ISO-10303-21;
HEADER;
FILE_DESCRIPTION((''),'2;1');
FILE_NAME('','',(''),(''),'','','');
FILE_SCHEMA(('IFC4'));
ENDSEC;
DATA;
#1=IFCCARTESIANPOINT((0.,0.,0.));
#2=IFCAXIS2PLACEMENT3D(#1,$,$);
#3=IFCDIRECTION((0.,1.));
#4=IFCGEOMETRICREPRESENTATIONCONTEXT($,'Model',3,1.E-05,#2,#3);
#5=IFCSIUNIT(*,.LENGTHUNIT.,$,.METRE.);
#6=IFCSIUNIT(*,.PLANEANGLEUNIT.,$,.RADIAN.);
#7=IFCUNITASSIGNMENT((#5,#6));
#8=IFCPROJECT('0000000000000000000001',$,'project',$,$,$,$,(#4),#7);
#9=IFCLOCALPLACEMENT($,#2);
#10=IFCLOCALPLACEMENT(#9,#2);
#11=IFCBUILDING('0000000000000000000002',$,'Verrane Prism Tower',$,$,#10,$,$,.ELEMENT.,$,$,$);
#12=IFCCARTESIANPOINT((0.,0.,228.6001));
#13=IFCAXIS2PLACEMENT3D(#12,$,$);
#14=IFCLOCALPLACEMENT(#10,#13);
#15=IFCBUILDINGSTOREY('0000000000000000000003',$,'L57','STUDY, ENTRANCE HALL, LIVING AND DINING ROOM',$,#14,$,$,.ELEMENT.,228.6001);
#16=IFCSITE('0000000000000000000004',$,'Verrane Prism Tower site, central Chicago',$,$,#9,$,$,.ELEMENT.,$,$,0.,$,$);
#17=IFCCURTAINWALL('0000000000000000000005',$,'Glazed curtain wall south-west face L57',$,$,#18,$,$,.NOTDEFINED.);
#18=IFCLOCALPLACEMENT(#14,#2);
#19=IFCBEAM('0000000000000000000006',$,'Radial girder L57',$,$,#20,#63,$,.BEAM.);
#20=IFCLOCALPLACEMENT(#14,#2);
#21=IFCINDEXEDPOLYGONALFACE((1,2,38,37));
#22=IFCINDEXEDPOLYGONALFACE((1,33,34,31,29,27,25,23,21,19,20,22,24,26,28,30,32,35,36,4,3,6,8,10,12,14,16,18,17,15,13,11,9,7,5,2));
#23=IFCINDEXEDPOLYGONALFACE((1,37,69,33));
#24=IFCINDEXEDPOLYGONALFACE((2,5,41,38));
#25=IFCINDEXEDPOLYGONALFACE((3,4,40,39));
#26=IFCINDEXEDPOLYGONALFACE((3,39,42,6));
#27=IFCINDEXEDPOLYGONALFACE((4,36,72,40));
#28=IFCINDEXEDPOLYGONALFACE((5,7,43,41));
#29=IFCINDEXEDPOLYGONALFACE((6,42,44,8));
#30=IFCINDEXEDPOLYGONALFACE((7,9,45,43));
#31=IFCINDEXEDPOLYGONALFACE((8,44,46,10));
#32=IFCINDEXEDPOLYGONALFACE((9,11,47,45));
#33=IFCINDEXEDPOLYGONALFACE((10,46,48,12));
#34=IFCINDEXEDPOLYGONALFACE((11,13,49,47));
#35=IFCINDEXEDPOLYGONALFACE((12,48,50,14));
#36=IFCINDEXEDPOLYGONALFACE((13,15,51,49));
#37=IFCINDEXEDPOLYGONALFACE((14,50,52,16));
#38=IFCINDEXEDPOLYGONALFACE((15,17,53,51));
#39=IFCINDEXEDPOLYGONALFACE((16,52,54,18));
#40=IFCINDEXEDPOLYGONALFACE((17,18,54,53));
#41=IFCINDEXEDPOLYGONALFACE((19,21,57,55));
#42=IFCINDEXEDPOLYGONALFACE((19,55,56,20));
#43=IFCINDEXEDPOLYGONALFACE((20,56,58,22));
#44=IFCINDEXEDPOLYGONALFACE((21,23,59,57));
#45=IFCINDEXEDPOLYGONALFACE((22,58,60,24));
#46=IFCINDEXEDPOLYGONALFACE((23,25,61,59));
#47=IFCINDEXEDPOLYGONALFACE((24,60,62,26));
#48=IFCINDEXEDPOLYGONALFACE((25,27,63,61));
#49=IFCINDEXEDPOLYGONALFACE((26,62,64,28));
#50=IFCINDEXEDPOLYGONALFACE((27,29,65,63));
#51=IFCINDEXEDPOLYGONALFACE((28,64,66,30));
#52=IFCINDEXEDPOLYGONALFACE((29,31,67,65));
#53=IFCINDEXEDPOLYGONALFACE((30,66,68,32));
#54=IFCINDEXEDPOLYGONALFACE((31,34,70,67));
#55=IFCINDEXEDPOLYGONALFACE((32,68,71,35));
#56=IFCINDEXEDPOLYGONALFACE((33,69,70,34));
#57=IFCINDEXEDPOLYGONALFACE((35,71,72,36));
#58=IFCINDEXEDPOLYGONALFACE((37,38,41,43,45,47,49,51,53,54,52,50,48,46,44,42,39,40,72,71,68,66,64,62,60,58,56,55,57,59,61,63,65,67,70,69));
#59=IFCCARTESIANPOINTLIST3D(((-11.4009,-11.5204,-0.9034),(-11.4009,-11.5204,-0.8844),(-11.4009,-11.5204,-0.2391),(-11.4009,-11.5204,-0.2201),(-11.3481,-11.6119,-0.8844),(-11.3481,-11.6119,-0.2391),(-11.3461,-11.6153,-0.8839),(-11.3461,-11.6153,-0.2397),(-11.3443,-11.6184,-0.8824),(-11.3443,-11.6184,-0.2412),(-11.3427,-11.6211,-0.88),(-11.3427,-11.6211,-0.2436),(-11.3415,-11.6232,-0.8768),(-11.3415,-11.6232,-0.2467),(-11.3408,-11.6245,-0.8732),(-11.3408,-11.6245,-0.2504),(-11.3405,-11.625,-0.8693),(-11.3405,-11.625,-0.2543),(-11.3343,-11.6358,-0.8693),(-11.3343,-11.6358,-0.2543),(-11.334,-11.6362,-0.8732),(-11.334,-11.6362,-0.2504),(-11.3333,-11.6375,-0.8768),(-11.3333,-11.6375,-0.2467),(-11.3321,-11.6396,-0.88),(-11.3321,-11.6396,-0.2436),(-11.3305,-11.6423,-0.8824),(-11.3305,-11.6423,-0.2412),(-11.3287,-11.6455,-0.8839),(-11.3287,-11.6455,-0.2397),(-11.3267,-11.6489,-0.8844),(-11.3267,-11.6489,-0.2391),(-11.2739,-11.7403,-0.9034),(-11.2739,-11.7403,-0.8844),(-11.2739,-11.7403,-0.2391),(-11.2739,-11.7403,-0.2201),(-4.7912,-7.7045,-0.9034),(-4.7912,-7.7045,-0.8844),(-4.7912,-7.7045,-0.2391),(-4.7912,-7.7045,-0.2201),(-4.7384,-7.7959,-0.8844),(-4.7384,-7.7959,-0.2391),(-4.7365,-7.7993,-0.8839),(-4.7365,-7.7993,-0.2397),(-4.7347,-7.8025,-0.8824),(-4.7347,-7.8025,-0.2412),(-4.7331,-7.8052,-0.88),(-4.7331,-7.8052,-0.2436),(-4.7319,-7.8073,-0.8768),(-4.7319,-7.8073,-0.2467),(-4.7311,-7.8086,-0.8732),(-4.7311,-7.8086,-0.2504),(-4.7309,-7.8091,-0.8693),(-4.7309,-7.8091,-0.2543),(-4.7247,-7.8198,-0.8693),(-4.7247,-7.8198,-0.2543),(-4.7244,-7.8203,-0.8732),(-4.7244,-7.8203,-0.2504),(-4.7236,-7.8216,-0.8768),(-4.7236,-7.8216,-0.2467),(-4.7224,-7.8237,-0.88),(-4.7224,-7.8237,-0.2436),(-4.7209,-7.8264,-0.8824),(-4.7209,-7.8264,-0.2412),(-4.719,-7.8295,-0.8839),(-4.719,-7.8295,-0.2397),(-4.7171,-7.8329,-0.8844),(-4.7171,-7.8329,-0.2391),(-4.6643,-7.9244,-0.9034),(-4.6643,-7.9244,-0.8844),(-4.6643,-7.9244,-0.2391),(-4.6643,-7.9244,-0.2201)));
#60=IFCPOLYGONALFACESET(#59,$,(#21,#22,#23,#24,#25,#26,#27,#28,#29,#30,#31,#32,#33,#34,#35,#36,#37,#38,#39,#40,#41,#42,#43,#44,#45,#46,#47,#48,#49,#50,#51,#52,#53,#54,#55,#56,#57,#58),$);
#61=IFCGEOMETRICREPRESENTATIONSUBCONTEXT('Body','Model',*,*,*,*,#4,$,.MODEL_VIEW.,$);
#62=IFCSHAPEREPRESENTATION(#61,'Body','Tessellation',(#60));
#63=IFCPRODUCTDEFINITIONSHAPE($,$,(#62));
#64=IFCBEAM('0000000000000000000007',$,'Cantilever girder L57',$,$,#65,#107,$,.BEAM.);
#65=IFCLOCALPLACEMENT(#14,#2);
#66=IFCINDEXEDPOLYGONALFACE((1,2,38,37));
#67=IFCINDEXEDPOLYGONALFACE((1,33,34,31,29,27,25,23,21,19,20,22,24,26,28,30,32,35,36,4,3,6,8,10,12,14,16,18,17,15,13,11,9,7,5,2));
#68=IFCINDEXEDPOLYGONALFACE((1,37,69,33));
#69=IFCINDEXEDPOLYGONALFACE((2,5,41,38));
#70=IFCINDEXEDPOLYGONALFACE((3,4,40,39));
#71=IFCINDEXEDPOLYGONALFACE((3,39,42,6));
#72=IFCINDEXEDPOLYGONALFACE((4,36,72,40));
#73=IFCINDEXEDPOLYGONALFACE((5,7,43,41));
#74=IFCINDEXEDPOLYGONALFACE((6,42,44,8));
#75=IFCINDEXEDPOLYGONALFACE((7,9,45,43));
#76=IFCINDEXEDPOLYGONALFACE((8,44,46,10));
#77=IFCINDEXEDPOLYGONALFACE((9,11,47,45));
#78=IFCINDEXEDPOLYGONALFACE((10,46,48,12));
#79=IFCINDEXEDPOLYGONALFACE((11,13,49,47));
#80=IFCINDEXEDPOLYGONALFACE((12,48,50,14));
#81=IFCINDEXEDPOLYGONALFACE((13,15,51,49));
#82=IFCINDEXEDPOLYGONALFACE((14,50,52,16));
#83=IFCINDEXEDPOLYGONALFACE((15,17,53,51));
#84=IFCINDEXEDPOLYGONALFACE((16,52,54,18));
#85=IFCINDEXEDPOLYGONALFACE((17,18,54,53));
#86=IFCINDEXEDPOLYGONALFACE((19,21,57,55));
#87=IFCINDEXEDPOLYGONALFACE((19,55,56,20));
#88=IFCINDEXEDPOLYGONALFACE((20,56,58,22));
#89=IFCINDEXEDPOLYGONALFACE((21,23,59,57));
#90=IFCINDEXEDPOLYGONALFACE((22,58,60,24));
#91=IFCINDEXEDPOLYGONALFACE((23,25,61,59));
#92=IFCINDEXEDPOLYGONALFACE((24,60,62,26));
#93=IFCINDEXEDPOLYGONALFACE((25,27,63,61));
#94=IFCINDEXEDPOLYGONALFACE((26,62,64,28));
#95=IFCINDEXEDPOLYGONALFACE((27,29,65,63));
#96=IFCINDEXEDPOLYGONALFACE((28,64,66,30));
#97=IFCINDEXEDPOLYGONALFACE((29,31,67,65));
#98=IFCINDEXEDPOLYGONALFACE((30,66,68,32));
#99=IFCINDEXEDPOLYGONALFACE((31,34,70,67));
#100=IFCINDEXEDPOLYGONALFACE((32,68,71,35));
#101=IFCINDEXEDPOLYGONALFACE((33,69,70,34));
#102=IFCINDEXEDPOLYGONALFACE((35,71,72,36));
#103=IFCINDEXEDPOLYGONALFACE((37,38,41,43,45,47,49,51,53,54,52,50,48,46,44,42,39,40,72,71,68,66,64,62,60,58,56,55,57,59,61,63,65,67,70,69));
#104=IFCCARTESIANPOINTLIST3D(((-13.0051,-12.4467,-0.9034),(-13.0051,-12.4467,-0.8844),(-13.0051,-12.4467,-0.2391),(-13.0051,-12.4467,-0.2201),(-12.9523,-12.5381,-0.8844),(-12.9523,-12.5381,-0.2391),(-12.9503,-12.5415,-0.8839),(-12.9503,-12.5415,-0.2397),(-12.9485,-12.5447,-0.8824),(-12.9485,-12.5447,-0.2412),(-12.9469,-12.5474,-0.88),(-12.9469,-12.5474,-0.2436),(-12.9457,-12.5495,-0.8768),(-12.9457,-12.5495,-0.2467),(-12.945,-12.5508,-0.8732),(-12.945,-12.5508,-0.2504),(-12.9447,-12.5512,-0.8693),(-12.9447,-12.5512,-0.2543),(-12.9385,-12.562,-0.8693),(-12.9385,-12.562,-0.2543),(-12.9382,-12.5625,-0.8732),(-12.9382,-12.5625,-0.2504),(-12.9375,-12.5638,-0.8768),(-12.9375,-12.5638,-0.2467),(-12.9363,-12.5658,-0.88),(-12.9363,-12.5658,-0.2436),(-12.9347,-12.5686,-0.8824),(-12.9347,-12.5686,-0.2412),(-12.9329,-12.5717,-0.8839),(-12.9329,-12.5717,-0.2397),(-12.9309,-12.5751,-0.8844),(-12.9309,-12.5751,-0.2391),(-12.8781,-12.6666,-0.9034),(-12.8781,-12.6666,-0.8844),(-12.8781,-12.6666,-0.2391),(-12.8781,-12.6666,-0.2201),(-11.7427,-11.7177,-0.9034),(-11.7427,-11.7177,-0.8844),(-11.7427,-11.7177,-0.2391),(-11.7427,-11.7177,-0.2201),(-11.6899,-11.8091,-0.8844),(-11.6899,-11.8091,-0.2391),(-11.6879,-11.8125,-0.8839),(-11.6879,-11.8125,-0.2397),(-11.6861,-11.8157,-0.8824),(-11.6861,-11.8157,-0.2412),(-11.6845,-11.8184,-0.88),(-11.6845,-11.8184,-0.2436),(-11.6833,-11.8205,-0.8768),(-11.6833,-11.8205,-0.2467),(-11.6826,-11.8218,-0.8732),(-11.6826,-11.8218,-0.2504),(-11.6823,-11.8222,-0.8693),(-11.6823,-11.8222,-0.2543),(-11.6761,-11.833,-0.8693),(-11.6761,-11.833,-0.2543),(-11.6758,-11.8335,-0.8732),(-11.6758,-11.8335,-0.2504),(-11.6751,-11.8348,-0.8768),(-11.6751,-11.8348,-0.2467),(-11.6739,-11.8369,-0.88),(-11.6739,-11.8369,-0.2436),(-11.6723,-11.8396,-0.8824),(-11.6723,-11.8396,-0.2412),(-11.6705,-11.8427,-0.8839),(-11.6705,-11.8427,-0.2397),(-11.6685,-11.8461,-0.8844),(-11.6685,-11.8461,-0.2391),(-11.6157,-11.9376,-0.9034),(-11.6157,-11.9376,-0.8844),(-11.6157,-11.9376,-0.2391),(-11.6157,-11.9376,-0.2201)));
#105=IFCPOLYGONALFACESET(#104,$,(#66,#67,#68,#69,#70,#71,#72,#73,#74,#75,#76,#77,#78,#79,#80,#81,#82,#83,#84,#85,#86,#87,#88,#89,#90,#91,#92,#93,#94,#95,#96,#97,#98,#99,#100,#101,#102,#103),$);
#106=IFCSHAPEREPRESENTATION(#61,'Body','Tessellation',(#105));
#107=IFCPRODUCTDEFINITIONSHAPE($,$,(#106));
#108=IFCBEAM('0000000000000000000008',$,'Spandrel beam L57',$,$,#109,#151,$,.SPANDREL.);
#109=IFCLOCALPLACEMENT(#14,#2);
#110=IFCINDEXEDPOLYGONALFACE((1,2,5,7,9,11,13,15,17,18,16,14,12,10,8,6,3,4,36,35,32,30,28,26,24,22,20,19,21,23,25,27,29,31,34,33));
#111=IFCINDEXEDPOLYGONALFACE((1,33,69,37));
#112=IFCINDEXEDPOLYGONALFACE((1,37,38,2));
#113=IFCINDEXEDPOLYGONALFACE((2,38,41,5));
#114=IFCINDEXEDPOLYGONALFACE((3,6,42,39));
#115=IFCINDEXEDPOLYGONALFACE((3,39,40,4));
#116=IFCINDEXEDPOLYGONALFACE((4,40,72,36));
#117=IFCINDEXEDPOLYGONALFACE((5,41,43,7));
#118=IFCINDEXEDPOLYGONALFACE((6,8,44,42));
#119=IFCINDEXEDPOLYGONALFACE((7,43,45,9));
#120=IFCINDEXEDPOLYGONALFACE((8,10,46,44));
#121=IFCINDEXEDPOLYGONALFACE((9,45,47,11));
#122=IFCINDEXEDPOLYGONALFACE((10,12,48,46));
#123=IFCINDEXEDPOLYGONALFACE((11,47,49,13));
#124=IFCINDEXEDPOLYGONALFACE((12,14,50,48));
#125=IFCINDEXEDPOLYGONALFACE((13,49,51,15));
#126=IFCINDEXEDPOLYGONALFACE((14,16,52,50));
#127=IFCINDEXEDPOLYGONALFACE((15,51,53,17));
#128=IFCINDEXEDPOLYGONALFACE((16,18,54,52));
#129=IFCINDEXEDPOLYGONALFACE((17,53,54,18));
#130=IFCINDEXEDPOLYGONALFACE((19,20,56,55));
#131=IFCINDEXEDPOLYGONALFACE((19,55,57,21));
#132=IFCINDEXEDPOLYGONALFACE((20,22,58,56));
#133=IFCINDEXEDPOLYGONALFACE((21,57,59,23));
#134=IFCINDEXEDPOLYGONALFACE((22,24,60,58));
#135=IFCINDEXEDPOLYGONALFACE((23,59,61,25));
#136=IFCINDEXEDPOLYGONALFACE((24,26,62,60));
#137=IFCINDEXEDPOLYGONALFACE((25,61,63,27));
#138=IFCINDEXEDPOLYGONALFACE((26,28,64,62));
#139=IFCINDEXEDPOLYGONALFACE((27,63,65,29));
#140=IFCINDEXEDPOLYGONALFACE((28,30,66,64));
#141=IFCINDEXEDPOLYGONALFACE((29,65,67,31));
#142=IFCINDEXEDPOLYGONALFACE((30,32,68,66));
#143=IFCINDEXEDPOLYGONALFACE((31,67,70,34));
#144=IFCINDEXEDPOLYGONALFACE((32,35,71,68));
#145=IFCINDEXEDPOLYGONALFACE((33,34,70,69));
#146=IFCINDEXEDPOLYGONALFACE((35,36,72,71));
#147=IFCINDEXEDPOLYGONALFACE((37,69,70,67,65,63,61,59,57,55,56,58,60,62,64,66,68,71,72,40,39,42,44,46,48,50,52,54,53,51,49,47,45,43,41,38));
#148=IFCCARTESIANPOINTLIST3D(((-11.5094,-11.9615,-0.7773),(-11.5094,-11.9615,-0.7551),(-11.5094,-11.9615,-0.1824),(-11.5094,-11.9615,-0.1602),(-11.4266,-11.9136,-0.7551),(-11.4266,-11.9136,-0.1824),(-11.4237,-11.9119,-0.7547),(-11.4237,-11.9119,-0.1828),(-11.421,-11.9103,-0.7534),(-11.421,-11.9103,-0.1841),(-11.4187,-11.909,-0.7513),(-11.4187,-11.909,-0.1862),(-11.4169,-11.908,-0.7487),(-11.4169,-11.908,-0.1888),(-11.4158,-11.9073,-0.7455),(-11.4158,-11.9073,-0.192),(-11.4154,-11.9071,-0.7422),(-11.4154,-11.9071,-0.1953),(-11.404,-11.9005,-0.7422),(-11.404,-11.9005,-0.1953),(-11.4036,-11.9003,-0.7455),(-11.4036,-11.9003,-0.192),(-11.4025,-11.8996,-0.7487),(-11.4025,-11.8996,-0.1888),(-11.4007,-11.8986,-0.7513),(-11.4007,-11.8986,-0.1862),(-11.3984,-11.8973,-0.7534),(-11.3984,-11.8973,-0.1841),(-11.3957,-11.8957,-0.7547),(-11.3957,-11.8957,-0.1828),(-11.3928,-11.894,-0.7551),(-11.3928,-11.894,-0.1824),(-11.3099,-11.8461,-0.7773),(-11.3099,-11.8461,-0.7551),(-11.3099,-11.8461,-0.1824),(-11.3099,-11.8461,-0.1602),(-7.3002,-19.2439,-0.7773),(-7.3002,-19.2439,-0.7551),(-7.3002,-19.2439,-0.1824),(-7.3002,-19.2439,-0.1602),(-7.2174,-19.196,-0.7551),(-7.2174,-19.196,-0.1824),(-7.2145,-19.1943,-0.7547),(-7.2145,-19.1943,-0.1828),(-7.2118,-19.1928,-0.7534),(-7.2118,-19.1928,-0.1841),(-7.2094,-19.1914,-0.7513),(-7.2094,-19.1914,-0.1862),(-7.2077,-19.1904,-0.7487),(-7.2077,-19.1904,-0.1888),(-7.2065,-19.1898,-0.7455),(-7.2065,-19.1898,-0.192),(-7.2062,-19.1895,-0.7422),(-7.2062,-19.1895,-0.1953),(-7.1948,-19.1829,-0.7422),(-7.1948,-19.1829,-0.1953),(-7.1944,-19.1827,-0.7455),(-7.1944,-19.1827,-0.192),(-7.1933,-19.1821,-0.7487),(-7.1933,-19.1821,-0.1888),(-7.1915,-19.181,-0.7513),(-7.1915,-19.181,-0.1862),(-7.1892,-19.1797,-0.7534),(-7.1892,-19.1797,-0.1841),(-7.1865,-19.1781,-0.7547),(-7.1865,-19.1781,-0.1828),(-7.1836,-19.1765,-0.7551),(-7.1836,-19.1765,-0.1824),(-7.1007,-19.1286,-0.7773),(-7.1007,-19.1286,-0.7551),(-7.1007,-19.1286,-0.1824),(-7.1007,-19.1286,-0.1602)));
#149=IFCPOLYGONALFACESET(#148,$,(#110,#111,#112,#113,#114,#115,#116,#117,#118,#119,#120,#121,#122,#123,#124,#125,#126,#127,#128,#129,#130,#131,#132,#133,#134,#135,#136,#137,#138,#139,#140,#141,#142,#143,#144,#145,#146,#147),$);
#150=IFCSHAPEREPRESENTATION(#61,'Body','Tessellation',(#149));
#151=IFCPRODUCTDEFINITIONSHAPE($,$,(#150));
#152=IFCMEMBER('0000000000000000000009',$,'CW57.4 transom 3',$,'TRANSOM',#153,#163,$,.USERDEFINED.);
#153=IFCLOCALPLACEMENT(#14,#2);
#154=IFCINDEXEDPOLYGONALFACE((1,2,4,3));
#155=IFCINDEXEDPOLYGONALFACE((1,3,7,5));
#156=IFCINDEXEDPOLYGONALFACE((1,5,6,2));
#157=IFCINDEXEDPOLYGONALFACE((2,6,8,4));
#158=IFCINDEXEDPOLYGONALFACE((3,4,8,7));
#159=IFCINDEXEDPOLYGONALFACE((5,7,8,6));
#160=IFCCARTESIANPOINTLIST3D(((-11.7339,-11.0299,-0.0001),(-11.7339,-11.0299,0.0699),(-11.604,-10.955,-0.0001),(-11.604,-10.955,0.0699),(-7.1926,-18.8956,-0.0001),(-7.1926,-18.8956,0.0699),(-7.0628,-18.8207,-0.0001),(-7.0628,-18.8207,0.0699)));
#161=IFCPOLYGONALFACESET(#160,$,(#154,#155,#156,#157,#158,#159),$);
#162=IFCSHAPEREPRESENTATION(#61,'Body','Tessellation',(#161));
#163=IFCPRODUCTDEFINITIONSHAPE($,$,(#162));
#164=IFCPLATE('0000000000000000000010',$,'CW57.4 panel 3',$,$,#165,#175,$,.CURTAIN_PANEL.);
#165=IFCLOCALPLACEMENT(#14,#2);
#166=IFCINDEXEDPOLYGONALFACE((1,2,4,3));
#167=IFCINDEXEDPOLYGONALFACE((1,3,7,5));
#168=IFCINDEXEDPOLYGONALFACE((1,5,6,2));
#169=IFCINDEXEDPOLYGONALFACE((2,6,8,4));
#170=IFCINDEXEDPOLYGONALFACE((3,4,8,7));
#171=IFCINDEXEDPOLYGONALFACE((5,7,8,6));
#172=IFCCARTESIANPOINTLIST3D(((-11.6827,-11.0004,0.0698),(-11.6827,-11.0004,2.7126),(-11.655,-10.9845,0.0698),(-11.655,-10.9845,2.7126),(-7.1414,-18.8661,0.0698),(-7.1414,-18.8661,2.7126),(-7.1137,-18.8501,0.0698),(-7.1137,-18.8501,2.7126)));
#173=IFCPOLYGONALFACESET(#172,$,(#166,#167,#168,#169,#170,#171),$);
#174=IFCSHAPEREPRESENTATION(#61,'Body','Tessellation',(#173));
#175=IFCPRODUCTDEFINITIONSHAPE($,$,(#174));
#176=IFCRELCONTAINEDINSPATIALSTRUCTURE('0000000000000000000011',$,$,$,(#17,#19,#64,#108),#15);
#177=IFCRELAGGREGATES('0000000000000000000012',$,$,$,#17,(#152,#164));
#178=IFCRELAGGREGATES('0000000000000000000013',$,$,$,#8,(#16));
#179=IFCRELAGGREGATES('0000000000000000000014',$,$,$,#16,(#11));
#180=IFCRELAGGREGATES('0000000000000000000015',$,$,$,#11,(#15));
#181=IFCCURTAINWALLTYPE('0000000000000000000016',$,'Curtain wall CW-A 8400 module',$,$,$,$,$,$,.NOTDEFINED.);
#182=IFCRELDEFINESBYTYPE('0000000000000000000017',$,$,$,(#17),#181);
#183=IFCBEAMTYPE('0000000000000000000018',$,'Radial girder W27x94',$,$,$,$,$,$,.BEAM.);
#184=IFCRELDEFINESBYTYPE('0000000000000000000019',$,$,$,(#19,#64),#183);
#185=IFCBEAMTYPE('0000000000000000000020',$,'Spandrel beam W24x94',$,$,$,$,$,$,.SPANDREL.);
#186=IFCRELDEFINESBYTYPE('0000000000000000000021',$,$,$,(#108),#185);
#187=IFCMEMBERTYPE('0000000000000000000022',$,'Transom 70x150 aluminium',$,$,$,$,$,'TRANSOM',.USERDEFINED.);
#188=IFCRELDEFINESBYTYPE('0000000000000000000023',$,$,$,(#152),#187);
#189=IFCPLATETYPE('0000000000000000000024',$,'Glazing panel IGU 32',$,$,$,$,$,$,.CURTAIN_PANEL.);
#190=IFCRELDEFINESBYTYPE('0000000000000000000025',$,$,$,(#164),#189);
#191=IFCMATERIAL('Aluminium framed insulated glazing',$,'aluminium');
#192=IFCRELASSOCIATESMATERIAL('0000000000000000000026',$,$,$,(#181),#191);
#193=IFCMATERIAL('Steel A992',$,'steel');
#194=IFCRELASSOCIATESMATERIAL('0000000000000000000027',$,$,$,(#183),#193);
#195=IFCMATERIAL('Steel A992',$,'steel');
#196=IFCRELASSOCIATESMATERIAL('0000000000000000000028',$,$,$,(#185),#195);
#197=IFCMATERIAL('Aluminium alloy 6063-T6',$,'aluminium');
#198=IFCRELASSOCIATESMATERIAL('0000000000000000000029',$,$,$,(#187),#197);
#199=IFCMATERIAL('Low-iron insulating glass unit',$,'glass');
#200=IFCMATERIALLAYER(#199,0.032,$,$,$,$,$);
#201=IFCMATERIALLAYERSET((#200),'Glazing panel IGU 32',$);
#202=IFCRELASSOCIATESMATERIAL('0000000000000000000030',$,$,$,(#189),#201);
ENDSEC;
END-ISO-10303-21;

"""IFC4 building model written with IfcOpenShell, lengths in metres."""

from ifc_helpers import new_model, si_unit, direction, frame, origin, origin_2d, place, context, subcontext, project, spatial, rectangle, i_section, extrude, material, layer, layer_set, material_profile, profile_set, type_object, element, aggregate, save


model = new_model("IFC4")

# Units and contexts
model_context = context("Model", 3, precision=1e-05, world=origin(), true_north=direction((0.0, 1.0)))
body_context = subcontext(model_context, "Body", "Model", "MODEL_VIEW")
ifc_project = project(units=[si_unit("LENGTHUNIT", "METRE"), si_unit("PLANEANGLEUNIT", "RADIAN")], contexts=[model_context])

# Site, building, storey
site_placement = place(None, origin())
site = spatial("IfcSite", under=ifc_project, at=site_placement, Name="Verrane Prism Tower site, central Chicago", CompositionType="ELEMENT", RefElevation=0.0)
building_placement = place(site_placement, origin())
building = spatial("IfcBuilding", under=site, at=building_placement, Name="Verrane Prism Tower", CompositionType="ELEMENT")
storey_placement = place(building_placement, frame((0.0, 0.0, 228.6001)))
storey = spatial("IfcBuildingStorey", under=building, at=storey_placement, Name="L57", Description="STUDY, ENTRANCE HALL, LIVING AND DINING ROOM", CompositionType="ELEMENT", Elevation=228.6001)

# Curtain wall
ifc_material_1 = material(Name="Aluminium framed insulated glazing", Category="aluminium")
curtain_wall_type = type_object("IfcCurtainWallType", Name="Curtain wall CW-A 8400 module", PredefinedType="NOTDEFINED", material=ifc_material_1)
curtain_wall_placement = place(storey_placement, origin())
curtain_wall = element("IfcCurtainWall", 1, at=curtain_wall_placement, inside=storey, type_object=curtain_wall_type, Name="Glazed curtain wall south-west face L57", PredefinedType="NOTDEFINED")

# Beams
ifc_material_2 = material(Name="Steel A992", Category="steel")
ifc_material_profile_1 = material_profile(ifc_material_2, i_section(OverallWidth=0.2539, OverallDepth=0.6833, WebThickness=0.0125, FlangeThickness=0.019, FilletRadius=0.0151, at=origin_2d()), Name="W27x94")
ifc_profile_set_1 = profile_set([ifc_material_profile_1], Name="Steel A992")
beam_type_1 = type_object("IfcBeamType", Name="Radial girder W27x94", PredefinedType="BEAM", material=ifc_profile_set_1)
beam_1_placement = place(storey_placement, frame((-11.3374, -11.6304, -0.5618), z_axis=(0.866034, 0.499986, 0.0), x_axis=(-0.499986, 0.866034, 0.0)))
element("IfcBeam", 2, at=beam_1_placement, inside=storey, type_object=beam_type_1, Name="Radial girder L57", PredefinedType="BEAM", context=body_context, shape_type="SweptSolid", body=[
    extrude(i_section(OverallWidth=0.2539, OverallDepth=0.6833, WebThickness=0.0125, FlangeThickness=0.019, FilletRadius=0.0151, at=origin_2d()), origin(), (0.0, 0.0, 1.0), 7.6321),
])
beam_2_placement = place(storey_placement, frame((-11.6792, -11.8276, -0.5618), z_axis=(-0.865988, -0.500066, 0.0), x_axis=(0.500066, -0.865988, 0.0)))
element("IfcBeam", 3, at=beam_2_placement, inside=storey, type_object=beam_type_1, Name="Cantilever girder L57", PredefinedType="BEAM", context=body_context, shape_type="SweptSolid", body=[
    extrude(i_section(OverallWidth=0.2539, OverallDepth=0.6833, WebThickness=0.0125, FlangeThickness=0.019, FilletRadius=0.0151, at=origin_2d()), origin(), (0.0, 0.0, 1.0), 1.4578),
])
ifc_material_3 = material(Name="Steel A992", Category="steel")
ifc_material_profile_2 = material_profile(ifc_material_3, i_section(OverallWidth=0.2305, OverallDepth=0.6172, WebThickness=0.0132, FlangeThickness=0.0222, FilletRadius=0.0129, at=origin_2d()), Name="W24x94")
ifc_profile_set_2 = profile_set([ifc_material_profile_2], Name="Steel A992")
beam_type_2 = type_object("IfcBeamType", Name="Spandrel beam W24x94", PredefinedType="SPANDREL", material=ifc_profile_set_2)
beam_3_placement = place(storey_placement, frame((-11.4097, -11.9038, -0.4688), z_axis=(0.500418, -0.865784, 0.0), x_axis=(0.865784, 0.500418, 0.0)))
element("IfcBeam", 4, at=beam_3_placement, inside=storey, type_object=beam_type_2, Name="Spandrel beam L57", PredefinedType="SPANDREL", context=body_context, shape_type="SweptSolid", body=[
    extrude(i_section(OverallWidth=0.2305, OverallDepth=0.6172, WebThickness=0.0132, FlangeThickness=0.0222, FilletRadius=0.0129, at=origin_2d()), origin(), (0.0, 0.0, 1.0), 8.4114),
])

# Member
ifc_material_4 = material(Name="Aluminium alloy 6063-T6", Category="aluminium")
ifc_material_profile_3 = material_profile(ifc_material_4, rectangle(XDim=0.1499, YDim=0.0701, at=origin_2d()), Name="Transom 70x150 aluminium")
ifc_profile_set_3 = profile_set([ifc_material_profile_3], Name="Aluminium alloy 6063-T6")
member_type_1 = type_object("IfcMemberType", Name="Transom 70x150 aluminium", ElementType="TRANSOM", PredefinedType="USERDEFINED", material=ifc_profile_set_3)
member_1_placement = place(storey_placement, frame((-11.6689, -10.9924, 0.0349), z_axis=(0.499999, -0.866026, 0.0), x_axis=(0.866026, 0.499999, 0.0)))
member_1 = element("IfcMember", 5, at=member_1_placement, type_object=member_type_1, Name="CW57.4 transom 3", ObjectType="TRANSOM", PredefinedType="USERDEFINED", context=body_context, shape_type="SweptSolid", body=[
    extrude(rectangle(XDim=0.1499, YDim=0.0701, at=origin_2d()), origin(), (0.0, 0.0, 1.0), 9.0825),
])

# Plate
ifc_material_5 = material(Name="Low-iron insulating glass unit", Category="glass")
ifc_layer_1 = layer(ifc_material_5, 0.032)
ifc_layer_set_1 = layer_set([ifc_layer_1], Name="Glazing panel IGU 32")
plate_type = type_object("IfcPlateType", Name="Glazing panel IGU 32", PredefinedType="CURTAIN_PANEL", material=ifc_layer_set_1)
plate_placement = place(storey_placement, frame((-9.3982, -14.9253, 0.0698), z_axis=(0.0, 0.0, 1.0), x_axis=(0.5, -0.866025, 0.0)))
plate = element("IfcPlate", 6, at=plate_placement, type_object=plate_type, Name="CW57.4 panel 3", PredefinedType="CURTAIN_PANEL", context=body_context, shape_type="SweptSolid", body=[
    extrude(rectangle(XDim=9.0825, YDim=0.032, at=origin_2d()), origin(), (0.0, 0.0, 1.0), 2.6428),
])
aggregate(curtain_wall, [member_1, plate])

save(model, "model.ifc")
